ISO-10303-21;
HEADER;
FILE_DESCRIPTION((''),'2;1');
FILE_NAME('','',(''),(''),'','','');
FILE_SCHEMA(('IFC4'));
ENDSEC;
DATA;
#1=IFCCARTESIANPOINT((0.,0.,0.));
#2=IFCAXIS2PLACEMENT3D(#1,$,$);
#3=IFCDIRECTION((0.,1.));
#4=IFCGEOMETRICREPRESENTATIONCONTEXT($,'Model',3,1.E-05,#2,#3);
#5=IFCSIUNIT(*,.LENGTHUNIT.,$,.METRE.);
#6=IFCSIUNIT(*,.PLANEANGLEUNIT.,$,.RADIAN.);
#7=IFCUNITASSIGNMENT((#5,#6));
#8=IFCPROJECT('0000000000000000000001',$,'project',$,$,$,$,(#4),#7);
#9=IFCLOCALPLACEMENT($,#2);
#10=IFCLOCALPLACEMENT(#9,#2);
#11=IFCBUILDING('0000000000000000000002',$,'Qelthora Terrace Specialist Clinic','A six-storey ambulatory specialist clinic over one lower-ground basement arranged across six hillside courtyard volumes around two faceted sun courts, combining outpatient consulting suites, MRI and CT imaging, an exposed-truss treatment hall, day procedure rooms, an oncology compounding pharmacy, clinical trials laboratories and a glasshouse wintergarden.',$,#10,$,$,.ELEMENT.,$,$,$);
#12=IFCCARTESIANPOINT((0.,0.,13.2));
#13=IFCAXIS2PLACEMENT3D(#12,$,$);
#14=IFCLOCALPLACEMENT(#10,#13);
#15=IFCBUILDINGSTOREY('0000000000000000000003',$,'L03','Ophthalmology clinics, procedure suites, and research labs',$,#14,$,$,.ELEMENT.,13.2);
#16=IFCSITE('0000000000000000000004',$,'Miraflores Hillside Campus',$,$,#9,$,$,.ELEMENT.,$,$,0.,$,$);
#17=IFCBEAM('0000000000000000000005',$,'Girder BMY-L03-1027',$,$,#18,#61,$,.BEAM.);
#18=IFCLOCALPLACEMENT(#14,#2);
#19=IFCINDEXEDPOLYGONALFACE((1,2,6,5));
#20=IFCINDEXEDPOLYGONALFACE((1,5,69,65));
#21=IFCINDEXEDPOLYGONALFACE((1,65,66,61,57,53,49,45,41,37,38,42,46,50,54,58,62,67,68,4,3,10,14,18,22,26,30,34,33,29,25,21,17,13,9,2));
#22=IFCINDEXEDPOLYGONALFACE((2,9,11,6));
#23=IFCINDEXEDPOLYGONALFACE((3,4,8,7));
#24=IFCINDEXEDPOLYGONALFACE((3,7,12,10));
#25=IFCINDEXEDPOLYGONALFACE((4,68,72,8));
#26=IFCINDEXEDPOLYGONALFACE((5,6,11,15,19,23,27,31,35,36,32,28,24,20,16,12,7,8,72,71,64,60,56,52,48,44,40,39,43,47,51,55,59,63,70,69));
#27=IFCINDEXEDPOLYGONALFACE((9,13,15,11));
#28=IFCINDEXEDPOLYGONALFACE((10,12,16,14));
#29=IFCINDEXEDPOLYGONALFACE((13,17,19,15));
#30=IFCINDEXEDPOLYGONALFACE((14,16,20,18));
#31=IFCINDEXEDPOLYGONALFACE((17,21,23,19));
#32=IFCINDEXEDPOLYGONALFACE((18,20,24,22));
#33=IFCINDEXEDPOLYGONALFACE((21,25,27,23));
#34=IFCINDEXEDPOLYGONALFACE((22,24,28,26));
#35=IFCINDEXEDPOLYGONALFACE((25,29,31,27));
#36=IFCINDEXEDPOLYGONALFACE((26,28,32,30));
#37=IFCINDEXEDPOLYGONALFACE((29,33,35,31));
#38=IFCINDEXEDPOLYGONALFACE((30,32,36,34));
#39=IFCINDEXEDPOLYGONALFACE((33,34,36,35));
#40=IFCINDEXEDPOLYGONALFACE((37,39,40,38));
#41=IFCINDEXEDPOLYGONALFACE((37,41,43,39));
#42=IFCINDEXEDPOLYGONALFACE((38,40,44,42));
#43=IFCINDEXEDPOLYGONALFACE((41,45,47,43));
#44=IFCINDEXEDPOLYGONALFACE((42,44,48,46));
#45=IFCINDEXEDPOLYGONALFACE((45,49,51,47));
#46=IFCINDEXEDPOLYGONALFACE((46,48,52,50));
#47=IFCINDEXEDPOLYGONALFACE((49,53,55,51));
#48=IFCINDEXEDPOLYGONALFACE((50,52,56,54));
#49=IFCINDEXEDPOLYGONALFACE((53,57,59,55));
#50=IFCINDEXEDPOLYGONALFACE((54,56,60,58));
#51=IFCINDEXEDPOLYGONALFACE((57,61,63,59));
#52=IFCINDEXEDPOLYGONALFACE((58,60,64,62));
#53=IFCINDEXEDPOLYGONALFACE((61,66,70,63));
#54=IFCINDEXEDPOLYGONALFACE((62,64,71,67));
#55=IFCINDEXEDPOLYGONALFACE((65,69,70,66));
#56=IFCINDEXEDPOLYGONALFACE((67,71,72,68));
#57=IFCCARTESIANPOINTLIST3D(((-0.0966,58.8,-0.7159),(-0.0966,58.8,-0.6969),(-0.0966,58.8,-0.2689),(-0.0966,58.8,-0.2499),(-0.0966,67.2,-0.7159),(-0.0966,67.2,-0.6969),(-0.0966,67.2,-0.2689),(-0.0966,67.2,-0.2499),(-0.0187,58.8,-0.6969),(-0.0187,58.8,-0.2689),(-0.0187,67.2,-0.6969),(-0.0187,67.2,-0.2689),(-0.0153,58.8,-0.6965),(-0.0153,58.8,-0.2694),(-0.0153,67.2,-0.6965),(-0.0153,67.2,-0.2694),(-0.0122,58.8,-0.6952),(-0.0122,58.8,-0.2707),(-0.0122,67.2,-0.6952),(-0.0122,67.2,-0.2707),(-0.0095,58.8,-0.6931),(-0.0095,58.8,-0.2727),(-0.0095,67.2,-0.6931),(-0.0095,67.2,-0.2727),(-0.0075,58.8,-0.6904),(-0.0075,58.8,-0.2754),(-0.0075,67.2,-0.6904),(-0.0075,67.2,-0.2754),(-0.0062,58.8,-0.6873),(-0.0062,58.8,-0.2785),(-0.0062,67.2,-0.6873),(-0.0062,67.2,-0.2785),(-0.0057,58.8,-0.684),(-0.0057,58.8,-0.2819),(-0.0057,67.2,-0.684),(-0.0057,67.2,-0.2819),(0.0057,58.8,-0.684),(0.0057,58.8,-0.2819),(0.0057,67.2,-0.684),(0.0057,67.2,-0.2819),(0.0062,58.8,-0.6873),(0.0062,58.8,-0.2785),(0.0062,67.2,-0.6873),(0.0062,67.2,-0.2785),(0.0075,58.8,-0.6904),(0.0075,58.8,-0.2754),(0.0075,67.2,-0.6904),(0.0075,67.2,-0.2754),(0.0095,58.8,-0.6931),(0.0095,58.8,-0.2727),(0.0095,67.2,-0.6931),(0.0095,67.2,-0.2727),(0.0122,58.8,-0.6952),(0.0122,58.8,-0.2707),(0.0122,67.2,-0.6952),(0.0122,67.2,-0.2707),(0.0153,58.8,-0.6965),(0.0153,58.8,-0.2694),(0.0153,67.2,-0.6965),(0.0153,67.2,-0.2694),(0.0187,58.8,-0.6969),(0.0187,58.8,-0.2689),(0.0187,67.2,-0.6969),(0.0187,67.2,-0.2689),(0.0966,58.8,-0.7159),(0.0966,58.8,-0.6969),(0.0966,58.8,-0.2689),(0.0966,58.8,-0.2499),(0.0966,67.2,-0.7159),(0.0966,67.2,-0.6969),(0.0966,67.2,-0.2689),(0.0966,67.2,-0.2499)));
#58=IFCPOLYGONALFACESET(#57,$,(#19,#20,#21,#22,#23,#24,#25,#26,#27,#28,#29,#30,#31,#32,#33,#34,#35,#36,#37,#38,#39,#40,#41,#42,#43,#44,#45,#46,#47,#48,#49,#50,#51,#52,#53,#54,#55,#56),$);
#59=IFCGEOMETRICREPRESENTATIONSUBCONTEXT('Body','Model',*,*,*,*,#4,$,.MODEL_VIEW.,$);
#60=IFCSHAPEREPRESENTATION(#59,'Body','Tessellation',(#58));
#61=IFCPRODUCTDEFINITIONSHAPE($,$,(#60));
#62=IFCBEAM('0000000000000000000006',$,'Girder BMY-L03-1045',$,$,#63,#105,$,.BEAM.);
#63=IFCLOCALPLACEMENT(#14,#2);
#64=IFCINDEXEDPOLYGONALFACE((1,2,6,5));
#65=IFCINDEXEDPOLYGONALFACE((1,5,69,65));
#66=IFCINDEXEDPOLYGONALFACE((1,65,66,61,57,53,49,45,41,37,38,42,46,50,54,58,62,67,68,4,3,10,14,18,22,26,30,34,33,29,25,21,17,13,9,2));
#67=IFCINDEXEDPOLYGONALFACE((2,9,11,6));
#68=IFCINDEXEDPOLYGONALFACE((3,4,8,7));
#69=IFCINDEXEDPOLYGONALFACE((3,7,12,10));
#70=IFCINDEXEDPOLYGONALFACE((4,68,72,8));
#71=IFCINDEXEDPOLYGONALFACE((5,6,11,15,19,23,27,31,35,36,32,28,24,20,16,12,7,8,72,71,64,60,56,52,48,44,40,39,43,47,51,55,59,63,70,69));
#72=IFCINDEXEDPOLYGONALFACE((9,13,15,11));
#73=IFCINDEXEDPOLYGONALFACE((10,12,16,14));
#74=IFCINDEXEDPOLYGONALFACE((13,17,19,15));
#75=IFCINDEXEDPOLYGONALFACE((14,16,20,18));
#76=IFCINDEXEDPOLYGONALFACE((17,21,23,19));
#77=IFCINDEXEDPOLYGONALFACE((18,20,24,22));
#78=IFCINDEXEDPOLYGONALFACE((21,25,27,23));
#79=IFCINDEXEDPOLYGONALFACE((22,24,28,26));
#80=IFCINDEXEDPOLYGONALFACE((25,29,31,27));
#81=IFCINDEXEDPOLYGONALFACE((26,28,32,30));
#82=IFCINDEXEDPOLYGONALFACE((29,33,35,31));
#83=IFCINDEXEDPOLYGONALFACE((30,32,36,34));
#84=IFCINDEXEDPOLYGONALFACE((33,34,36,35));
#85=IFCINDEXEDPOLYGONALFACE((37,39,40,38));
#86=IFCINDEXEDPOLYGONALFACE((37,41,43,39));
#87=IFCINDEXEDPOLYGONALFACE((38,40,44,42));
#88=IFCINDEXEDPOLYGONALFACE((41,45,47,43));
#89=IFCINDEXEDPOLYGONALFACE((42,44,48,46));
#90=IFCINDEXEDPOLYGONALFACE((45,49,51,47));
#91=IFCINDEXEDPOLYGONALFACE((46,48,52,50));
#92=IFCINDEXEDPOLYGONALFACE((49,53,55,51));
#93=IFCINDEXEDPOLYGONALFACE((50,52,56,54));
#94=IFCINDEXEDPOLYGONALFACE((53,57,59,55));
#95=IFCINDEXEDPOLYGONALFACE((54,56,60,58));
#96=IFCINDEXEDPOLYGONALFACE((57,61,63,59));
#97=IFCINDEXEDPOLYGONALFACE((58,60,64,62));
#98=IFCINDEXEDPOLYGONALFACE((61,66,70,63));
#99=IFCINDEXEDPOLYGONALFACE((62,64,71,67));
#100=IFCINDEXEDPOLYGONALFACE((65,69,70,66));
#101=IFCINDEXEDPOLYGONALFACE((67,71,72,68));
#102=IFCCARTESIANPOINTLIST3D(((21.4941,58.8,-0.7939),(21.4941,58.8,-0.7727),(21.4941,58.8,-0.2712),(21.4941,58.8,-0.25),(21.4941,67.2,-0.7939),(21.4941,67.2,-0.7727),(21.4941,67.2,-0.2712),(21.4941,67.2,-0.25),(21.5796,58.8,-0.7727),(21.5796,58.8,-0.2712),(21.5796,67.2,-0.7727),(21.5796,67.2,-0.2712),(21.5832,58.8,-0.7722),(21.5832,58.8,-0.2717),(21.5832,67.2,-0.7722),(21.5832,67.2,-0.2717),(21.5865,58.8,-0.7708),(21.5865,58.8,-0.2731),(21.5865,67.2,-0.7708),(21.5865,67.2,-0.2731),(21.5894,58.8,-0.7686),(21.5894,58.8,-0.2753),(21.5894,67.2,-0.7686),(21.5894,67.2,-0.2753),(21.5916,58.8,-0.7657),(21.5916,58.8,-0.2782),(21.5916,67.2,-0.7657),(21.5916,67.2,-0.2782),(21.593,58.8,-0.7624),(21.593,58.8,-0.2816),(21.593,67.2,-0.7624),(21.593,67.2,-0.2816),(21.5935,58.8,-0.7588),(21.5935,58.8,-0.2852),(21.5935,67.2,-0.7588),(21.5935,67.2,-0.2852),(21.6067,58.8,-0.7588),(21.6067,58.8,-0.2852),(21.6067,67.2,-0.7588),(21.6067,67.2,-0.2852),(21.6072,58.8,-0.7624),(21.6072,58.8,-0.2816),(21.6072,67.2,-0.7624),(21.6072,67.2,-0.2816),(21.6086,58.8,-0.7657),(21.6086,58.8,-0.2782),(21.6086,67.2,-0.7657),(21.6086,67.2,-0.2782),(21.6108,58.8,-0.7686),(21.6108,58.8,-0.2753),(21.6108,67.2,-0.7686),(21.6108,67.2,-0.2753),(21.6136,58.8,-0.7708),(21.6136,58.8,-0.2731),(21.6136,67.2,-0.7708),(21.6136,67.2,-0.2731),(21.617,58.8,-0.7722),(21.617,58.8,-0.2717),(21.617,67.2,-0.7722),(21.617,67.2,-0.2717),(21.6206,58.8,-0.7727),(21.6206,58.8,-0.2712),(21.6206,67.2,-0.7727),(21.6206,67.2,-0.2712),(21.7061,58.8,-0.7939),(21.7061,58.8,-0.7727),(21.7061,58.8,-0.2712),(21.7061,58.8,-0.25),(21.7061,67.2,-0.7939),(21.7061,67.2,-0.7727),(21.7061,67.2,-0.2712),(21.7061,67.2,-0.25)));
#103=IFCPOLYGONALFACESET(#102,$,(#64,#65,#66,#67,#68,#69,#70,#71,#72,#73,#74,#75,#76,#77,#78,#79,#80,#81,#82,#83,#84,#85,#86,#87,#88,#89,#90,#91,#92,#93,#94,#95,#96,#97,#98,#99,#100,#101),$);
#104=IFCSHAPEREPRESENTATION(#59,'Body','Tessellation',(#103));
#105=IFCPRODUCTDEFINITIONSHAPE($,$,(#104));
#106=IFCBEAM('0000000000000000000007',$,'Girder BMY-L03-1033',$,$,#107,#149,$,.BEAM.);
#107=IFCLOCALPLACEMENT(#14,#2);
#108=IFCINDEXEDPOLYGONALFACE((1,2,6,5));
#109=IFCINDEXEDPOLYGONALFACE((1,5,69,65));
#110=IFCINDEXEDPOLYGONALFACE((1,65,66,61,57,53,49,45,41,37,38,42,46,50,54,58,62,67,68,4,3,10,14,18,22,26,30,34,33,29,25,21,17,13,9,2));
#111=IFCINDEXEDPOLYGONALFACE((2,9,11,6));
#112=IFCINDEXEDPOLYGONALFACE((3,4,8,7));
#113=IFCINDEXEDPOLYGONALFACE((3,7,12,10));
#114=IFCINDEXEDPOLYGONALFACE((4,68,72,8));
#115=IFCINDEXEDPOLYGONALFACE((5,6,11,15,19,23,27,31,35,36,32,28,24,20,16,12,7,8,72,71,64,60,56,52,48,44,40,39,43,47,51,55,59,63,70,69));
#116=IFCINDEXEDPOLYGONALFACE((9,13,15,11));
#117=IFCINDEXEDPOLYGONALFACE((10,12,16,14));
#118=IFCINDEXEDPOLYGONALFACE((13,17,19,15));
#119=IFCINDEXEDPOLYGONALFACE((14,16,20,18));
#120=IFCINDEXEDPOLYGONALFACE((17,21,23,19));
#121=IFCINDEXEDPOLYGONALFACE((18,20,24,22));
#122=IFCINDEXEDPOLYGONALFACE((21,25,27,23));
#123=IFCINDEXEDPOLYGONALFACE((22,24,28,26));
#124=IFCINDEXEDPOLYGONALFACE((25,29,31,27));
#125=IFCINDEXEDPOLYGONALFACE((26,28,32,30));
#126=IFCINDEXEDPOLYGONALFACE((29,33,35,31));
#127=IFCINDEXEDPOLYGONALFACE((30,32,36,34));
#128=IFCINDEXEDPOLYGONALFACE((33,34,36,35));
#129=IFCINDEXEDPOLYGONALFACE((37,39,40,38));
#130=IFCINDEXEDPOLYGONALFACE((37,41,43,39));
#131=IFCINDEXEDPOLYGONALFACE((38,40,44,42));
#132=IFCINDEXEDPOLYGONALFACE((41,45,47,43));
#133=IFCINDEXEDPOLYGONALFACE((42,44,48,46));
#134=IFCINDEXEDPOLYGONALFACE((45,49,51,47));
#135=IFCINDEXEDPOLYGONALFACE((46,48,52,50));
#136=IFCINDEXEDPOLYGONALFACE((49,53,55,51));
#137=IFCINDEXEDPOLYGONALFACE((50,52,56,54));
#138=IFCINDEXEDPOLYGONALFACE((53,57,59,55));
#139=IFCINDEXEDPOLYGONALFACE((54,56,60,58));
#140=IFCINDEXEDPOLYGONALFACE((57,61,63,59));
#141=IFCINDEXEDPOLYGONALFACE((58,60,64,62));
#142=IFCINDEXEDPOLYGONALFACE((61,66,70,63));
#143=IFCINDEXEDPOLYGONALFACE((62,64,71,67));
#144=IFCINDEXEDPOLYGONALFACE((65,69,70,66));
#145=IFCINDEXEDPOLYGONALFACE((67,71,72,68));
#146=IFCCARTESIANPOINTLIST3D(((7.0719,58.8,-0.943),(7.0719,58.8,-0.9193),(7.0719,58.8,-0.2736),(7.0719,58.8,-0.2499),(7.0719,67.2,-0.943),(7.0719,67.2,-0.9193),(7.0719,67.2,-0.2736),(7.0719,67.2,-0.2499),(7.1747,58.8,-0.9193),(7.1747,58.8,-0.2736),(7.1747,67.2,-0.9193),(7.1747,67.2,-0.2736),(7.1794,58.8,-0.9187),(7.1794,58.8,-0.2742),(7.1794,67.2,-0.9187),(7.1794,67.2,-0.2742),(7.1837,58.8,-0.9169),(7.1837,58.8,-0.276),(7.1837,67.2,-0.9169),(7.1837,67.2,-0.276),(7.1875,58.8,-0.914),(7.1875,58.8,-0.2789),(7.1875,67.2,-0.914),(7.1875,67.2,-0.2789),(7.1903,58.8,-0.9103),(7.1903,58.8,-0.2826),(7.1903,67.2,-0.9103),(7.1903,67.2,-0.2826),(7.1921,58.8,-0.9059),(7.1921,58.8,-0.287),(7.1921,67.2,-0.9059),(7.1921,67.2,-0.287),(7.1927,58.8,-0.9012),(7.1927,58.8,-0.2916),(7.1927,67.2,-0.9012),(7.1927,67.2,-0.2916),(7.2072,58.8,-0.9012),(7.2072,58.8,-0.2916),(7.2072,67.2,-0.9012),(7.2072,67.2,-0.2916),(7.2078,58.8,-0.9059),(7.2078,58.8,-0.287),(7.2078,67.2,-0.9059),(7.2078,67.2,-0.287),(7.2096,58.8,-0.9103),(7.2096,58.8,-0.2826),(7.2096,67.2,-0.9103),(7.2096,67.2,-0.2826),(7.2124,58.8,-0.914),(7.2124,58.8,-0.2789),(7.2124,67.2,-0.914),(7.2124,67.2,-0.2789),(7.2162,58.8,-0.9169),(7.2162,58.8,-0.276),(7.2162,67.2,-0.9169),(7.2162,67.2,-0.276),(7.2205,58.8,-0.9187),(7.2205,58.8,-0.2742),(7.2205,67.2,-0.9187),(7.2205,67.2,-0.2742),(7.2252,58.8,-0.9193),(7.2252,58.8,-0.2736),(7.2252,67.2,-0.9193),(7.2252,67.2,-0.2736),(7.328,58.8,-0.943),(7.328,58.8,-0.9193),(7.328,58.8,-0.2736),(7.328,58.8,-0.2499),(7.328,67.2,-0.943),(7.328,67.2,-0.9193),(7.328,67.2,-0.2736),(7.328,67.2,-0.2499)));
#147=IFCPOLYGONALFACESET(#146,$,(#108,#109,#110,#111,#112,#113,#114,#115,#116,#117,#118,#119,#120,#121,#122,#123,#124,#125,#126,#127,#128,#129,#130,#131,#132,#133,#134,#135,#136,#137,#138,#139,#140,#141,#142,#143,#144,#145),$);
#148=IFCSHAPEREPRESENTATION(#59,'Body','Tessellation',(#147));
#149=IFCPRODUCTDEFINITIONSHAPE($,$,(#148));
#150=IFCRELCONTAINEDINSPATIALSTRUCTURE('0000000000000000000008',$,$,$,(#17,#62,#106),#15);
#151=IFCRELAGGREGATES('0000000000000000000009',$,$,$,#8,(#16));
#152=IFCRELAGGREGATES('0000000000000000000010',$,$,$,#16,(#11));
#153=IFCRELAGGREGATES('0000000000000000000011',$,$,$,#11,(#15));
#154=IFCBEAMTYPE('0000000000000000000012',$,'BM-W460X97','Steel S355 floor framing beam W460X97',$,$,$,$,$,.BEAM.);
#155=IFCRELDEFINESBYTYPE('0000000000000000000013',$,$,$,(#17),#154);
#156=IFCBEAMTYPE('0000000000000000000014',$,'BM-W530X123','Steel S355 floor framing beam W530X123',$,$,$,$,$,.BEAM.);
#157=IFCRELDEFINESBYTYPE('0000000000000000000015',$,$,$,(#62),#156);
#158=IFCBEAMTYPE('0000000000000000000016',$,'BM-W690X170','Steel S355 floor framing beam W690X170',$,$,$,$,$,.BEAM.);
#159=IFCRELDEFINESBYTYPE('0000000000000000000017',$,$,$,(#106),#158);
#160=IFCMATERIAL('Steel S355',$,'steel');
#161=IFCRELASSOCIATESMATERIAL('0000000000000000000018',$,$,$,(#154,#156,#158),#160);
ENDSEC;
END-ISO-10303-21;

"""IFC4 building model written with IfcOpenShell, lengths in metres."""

from ifc_helpers import new_model, si_unit, direction, frame, origin, origin_2d, place, context, subcontext, project, spatial, i_section, extrude, material, material_profile, profile_set, type_object, element, save


model = new_model("IFC4")

# Units and contexts
model_context = context("Model", 3, precision=1e-05, world=origin(), true_north=direction((0.0, 1.0)))
body_context = subcontext(model_context, "Body", "Model", "MODEL_VIEW")
ifc_project = project(units=[si_unit("LENGTHUNIT", "METRE"), si_unit("PLANEANGLEUNIT", "RADIAN")], contexts=[model_context])

# Site, building, storey
site_placement = place(None, origin())
site = spatial("IfcSite", under=ifc_project, at=site_placement, Name="Miraflores Hillside Campus", CompositionType="ELEMENT", RefElevation=0.0)
building_placement = place(site_placement, origin())
building = spatial("IfcBuilding", under=site, at=building_placement, Name="Qelthora Terrace Specialist Clinic", Description="A six-storey ambulatory specialist clinic over one lower-ground basement arranged across six hillside courtyard volumes around two faceted sun courts, combining outpatient consulting suites, MRI and CT imaging, an exposed-truss treatment hall, day procedure rooms, an oncology compounding pharmacy, clinical trials laboratories and a glasshouse wintergarden.", CompositionType="ELEMENT")
storey_placement = place(building_placement, frame((0.0, 0.0, 13.2)))
storey = spatial("IfcBuildingStorey", under=building, at=storey_placement, Name="L03", Description="Ophthalmology clinics, procedure suites, and research labs", CompositionType="ELEMENT", Elevation=13.2)

# Shared definitions
ifc_material_1 = material(Name="Steel S355", Category="steel")

# Beams
ifc_material_profile_1 = material_profile(ifc_material_1, i_section(OverallWidth=0.1931, OverallDepth=0.4661, WebThickness=0.0115, FlangeThickness=0.019, FilletRadius=0.0129, at=origin_2d()), Name="W460X97")
ifc_profile_set_1 = profile_set([ifc_material_profile_1], Name="Steel S355")
beam_type_1 = type_object("IfcBeamType", Name="BM-W460X97", Description="Steel S355 floor framing beam W460X97", PredefinedType="BEAM", material=ifc_profile_set_1)
beam_1_placement = place(storey_placement, frame((0.0, 58.8, -0.4829), z_axis=(0.0, 1.0, 0.0), x_axis=(-1.0, 0.0, 0.0)))
element("IfcBeam", 1, at=beam_1_placement, inside=storey, type_object=beam_type_1, Name="Girder BMY-L03-1027", PredefinedType="BEAM", context=body_context, shape_type="SweptSolid", body=[
    extrude(i_section(OverallWidth=0.1931, OverallDepth=0.4661, WebThickness=0.0115, FlangeThickness=0.019, FilletRadius=0.0129, at=origin_2d()), origin(), (0.0, 0.0, 1.0), 8.3999),
])
ifc_material_profile_2 = material_profile(ifc_material_1, i_section(OverallWidth=0.2119, OverallDepth=0.5439, WebThickness=0.0132, FlangeThickness=0.0212, FilletRadius=0.0139, at=origin_2d()), Name="W530X123")
ifc_profile_set_2 = profile_set([ifc_material_profile_2], Name="Steel S355")
beam_type_2 = type_object("IfcBeamType", Name="BM-W530X123", Description="Steel S355 floor framing beam W530X123", PredefinedType="BEAM", material=ifc_profile_set_2)
beam_2_placement = place(storey_placement, frame((21.6001, 58.8, -0.522), z_axis=(0.0, 1.0, 0.0), x_axis=(-1.0, 0.0, 0.0)))
element("IfcBeam", 2, at=beam_2_placement, inside=storey, type_object=beam_type_2, Name="Girder BMY-L03-1045", PredefinedType="BEAM", context=body_context, shape_type="SweptSolid", body=[
    extrude(i_section(OverallWidth=0.2119, OverallDepth=0.5439, WebThickness=0.0132, FlangeThickness=0.0212, FilletRadius=0.0139, at=origin_2d()), origin(), (0.0, 0.0, 1.0), 8.3999),
])
ifc_material_profile_3 = material_profile(ifc_material_1, i_section(OverallWidth=0.2561, OverallDepth=0.6931, WebThickness=0.0144, FlangeThickness=0.0237, FilletRadius=0.0181, at=origin_2d()), Name="W690X170")
ifc_profile_set_3 = profile_set([ifc_material_profile_3], Name="Steel S355")
beam_type_3 = type_object("IfcBeamType", Name="BM-W690X170", Description="Steel S355 floor framing beam W690X170", PredefinedType="BEAM", material=ifc_profile_set_3)
beam_3_placement = place(storey_placement, frame((7.2, 58.8, -0.5964), z_axis=(0.0, 1.0, 0.0), x_axis=(-1.0, 0.0, 0.0)))
element("IfcBeam", 3, at=beam_3_placement, inside=storey, type_object=beam_type_3, Name="Girder BMY-L03-1033", PredefinedType="BEAM", context=body_context, shape_type="SweptSolid", body=[
    extrude(i_section(OverallWidth=0.2561, OverallDepth=0.6931, WebThickness=0.0144, FlangeThickness=0.0237, FilletRadius=0.0181, at=origin_2d()), origin(), (0.0, 0.0, 1.0), 8.3999),
])

save(model, "model.ifc")
